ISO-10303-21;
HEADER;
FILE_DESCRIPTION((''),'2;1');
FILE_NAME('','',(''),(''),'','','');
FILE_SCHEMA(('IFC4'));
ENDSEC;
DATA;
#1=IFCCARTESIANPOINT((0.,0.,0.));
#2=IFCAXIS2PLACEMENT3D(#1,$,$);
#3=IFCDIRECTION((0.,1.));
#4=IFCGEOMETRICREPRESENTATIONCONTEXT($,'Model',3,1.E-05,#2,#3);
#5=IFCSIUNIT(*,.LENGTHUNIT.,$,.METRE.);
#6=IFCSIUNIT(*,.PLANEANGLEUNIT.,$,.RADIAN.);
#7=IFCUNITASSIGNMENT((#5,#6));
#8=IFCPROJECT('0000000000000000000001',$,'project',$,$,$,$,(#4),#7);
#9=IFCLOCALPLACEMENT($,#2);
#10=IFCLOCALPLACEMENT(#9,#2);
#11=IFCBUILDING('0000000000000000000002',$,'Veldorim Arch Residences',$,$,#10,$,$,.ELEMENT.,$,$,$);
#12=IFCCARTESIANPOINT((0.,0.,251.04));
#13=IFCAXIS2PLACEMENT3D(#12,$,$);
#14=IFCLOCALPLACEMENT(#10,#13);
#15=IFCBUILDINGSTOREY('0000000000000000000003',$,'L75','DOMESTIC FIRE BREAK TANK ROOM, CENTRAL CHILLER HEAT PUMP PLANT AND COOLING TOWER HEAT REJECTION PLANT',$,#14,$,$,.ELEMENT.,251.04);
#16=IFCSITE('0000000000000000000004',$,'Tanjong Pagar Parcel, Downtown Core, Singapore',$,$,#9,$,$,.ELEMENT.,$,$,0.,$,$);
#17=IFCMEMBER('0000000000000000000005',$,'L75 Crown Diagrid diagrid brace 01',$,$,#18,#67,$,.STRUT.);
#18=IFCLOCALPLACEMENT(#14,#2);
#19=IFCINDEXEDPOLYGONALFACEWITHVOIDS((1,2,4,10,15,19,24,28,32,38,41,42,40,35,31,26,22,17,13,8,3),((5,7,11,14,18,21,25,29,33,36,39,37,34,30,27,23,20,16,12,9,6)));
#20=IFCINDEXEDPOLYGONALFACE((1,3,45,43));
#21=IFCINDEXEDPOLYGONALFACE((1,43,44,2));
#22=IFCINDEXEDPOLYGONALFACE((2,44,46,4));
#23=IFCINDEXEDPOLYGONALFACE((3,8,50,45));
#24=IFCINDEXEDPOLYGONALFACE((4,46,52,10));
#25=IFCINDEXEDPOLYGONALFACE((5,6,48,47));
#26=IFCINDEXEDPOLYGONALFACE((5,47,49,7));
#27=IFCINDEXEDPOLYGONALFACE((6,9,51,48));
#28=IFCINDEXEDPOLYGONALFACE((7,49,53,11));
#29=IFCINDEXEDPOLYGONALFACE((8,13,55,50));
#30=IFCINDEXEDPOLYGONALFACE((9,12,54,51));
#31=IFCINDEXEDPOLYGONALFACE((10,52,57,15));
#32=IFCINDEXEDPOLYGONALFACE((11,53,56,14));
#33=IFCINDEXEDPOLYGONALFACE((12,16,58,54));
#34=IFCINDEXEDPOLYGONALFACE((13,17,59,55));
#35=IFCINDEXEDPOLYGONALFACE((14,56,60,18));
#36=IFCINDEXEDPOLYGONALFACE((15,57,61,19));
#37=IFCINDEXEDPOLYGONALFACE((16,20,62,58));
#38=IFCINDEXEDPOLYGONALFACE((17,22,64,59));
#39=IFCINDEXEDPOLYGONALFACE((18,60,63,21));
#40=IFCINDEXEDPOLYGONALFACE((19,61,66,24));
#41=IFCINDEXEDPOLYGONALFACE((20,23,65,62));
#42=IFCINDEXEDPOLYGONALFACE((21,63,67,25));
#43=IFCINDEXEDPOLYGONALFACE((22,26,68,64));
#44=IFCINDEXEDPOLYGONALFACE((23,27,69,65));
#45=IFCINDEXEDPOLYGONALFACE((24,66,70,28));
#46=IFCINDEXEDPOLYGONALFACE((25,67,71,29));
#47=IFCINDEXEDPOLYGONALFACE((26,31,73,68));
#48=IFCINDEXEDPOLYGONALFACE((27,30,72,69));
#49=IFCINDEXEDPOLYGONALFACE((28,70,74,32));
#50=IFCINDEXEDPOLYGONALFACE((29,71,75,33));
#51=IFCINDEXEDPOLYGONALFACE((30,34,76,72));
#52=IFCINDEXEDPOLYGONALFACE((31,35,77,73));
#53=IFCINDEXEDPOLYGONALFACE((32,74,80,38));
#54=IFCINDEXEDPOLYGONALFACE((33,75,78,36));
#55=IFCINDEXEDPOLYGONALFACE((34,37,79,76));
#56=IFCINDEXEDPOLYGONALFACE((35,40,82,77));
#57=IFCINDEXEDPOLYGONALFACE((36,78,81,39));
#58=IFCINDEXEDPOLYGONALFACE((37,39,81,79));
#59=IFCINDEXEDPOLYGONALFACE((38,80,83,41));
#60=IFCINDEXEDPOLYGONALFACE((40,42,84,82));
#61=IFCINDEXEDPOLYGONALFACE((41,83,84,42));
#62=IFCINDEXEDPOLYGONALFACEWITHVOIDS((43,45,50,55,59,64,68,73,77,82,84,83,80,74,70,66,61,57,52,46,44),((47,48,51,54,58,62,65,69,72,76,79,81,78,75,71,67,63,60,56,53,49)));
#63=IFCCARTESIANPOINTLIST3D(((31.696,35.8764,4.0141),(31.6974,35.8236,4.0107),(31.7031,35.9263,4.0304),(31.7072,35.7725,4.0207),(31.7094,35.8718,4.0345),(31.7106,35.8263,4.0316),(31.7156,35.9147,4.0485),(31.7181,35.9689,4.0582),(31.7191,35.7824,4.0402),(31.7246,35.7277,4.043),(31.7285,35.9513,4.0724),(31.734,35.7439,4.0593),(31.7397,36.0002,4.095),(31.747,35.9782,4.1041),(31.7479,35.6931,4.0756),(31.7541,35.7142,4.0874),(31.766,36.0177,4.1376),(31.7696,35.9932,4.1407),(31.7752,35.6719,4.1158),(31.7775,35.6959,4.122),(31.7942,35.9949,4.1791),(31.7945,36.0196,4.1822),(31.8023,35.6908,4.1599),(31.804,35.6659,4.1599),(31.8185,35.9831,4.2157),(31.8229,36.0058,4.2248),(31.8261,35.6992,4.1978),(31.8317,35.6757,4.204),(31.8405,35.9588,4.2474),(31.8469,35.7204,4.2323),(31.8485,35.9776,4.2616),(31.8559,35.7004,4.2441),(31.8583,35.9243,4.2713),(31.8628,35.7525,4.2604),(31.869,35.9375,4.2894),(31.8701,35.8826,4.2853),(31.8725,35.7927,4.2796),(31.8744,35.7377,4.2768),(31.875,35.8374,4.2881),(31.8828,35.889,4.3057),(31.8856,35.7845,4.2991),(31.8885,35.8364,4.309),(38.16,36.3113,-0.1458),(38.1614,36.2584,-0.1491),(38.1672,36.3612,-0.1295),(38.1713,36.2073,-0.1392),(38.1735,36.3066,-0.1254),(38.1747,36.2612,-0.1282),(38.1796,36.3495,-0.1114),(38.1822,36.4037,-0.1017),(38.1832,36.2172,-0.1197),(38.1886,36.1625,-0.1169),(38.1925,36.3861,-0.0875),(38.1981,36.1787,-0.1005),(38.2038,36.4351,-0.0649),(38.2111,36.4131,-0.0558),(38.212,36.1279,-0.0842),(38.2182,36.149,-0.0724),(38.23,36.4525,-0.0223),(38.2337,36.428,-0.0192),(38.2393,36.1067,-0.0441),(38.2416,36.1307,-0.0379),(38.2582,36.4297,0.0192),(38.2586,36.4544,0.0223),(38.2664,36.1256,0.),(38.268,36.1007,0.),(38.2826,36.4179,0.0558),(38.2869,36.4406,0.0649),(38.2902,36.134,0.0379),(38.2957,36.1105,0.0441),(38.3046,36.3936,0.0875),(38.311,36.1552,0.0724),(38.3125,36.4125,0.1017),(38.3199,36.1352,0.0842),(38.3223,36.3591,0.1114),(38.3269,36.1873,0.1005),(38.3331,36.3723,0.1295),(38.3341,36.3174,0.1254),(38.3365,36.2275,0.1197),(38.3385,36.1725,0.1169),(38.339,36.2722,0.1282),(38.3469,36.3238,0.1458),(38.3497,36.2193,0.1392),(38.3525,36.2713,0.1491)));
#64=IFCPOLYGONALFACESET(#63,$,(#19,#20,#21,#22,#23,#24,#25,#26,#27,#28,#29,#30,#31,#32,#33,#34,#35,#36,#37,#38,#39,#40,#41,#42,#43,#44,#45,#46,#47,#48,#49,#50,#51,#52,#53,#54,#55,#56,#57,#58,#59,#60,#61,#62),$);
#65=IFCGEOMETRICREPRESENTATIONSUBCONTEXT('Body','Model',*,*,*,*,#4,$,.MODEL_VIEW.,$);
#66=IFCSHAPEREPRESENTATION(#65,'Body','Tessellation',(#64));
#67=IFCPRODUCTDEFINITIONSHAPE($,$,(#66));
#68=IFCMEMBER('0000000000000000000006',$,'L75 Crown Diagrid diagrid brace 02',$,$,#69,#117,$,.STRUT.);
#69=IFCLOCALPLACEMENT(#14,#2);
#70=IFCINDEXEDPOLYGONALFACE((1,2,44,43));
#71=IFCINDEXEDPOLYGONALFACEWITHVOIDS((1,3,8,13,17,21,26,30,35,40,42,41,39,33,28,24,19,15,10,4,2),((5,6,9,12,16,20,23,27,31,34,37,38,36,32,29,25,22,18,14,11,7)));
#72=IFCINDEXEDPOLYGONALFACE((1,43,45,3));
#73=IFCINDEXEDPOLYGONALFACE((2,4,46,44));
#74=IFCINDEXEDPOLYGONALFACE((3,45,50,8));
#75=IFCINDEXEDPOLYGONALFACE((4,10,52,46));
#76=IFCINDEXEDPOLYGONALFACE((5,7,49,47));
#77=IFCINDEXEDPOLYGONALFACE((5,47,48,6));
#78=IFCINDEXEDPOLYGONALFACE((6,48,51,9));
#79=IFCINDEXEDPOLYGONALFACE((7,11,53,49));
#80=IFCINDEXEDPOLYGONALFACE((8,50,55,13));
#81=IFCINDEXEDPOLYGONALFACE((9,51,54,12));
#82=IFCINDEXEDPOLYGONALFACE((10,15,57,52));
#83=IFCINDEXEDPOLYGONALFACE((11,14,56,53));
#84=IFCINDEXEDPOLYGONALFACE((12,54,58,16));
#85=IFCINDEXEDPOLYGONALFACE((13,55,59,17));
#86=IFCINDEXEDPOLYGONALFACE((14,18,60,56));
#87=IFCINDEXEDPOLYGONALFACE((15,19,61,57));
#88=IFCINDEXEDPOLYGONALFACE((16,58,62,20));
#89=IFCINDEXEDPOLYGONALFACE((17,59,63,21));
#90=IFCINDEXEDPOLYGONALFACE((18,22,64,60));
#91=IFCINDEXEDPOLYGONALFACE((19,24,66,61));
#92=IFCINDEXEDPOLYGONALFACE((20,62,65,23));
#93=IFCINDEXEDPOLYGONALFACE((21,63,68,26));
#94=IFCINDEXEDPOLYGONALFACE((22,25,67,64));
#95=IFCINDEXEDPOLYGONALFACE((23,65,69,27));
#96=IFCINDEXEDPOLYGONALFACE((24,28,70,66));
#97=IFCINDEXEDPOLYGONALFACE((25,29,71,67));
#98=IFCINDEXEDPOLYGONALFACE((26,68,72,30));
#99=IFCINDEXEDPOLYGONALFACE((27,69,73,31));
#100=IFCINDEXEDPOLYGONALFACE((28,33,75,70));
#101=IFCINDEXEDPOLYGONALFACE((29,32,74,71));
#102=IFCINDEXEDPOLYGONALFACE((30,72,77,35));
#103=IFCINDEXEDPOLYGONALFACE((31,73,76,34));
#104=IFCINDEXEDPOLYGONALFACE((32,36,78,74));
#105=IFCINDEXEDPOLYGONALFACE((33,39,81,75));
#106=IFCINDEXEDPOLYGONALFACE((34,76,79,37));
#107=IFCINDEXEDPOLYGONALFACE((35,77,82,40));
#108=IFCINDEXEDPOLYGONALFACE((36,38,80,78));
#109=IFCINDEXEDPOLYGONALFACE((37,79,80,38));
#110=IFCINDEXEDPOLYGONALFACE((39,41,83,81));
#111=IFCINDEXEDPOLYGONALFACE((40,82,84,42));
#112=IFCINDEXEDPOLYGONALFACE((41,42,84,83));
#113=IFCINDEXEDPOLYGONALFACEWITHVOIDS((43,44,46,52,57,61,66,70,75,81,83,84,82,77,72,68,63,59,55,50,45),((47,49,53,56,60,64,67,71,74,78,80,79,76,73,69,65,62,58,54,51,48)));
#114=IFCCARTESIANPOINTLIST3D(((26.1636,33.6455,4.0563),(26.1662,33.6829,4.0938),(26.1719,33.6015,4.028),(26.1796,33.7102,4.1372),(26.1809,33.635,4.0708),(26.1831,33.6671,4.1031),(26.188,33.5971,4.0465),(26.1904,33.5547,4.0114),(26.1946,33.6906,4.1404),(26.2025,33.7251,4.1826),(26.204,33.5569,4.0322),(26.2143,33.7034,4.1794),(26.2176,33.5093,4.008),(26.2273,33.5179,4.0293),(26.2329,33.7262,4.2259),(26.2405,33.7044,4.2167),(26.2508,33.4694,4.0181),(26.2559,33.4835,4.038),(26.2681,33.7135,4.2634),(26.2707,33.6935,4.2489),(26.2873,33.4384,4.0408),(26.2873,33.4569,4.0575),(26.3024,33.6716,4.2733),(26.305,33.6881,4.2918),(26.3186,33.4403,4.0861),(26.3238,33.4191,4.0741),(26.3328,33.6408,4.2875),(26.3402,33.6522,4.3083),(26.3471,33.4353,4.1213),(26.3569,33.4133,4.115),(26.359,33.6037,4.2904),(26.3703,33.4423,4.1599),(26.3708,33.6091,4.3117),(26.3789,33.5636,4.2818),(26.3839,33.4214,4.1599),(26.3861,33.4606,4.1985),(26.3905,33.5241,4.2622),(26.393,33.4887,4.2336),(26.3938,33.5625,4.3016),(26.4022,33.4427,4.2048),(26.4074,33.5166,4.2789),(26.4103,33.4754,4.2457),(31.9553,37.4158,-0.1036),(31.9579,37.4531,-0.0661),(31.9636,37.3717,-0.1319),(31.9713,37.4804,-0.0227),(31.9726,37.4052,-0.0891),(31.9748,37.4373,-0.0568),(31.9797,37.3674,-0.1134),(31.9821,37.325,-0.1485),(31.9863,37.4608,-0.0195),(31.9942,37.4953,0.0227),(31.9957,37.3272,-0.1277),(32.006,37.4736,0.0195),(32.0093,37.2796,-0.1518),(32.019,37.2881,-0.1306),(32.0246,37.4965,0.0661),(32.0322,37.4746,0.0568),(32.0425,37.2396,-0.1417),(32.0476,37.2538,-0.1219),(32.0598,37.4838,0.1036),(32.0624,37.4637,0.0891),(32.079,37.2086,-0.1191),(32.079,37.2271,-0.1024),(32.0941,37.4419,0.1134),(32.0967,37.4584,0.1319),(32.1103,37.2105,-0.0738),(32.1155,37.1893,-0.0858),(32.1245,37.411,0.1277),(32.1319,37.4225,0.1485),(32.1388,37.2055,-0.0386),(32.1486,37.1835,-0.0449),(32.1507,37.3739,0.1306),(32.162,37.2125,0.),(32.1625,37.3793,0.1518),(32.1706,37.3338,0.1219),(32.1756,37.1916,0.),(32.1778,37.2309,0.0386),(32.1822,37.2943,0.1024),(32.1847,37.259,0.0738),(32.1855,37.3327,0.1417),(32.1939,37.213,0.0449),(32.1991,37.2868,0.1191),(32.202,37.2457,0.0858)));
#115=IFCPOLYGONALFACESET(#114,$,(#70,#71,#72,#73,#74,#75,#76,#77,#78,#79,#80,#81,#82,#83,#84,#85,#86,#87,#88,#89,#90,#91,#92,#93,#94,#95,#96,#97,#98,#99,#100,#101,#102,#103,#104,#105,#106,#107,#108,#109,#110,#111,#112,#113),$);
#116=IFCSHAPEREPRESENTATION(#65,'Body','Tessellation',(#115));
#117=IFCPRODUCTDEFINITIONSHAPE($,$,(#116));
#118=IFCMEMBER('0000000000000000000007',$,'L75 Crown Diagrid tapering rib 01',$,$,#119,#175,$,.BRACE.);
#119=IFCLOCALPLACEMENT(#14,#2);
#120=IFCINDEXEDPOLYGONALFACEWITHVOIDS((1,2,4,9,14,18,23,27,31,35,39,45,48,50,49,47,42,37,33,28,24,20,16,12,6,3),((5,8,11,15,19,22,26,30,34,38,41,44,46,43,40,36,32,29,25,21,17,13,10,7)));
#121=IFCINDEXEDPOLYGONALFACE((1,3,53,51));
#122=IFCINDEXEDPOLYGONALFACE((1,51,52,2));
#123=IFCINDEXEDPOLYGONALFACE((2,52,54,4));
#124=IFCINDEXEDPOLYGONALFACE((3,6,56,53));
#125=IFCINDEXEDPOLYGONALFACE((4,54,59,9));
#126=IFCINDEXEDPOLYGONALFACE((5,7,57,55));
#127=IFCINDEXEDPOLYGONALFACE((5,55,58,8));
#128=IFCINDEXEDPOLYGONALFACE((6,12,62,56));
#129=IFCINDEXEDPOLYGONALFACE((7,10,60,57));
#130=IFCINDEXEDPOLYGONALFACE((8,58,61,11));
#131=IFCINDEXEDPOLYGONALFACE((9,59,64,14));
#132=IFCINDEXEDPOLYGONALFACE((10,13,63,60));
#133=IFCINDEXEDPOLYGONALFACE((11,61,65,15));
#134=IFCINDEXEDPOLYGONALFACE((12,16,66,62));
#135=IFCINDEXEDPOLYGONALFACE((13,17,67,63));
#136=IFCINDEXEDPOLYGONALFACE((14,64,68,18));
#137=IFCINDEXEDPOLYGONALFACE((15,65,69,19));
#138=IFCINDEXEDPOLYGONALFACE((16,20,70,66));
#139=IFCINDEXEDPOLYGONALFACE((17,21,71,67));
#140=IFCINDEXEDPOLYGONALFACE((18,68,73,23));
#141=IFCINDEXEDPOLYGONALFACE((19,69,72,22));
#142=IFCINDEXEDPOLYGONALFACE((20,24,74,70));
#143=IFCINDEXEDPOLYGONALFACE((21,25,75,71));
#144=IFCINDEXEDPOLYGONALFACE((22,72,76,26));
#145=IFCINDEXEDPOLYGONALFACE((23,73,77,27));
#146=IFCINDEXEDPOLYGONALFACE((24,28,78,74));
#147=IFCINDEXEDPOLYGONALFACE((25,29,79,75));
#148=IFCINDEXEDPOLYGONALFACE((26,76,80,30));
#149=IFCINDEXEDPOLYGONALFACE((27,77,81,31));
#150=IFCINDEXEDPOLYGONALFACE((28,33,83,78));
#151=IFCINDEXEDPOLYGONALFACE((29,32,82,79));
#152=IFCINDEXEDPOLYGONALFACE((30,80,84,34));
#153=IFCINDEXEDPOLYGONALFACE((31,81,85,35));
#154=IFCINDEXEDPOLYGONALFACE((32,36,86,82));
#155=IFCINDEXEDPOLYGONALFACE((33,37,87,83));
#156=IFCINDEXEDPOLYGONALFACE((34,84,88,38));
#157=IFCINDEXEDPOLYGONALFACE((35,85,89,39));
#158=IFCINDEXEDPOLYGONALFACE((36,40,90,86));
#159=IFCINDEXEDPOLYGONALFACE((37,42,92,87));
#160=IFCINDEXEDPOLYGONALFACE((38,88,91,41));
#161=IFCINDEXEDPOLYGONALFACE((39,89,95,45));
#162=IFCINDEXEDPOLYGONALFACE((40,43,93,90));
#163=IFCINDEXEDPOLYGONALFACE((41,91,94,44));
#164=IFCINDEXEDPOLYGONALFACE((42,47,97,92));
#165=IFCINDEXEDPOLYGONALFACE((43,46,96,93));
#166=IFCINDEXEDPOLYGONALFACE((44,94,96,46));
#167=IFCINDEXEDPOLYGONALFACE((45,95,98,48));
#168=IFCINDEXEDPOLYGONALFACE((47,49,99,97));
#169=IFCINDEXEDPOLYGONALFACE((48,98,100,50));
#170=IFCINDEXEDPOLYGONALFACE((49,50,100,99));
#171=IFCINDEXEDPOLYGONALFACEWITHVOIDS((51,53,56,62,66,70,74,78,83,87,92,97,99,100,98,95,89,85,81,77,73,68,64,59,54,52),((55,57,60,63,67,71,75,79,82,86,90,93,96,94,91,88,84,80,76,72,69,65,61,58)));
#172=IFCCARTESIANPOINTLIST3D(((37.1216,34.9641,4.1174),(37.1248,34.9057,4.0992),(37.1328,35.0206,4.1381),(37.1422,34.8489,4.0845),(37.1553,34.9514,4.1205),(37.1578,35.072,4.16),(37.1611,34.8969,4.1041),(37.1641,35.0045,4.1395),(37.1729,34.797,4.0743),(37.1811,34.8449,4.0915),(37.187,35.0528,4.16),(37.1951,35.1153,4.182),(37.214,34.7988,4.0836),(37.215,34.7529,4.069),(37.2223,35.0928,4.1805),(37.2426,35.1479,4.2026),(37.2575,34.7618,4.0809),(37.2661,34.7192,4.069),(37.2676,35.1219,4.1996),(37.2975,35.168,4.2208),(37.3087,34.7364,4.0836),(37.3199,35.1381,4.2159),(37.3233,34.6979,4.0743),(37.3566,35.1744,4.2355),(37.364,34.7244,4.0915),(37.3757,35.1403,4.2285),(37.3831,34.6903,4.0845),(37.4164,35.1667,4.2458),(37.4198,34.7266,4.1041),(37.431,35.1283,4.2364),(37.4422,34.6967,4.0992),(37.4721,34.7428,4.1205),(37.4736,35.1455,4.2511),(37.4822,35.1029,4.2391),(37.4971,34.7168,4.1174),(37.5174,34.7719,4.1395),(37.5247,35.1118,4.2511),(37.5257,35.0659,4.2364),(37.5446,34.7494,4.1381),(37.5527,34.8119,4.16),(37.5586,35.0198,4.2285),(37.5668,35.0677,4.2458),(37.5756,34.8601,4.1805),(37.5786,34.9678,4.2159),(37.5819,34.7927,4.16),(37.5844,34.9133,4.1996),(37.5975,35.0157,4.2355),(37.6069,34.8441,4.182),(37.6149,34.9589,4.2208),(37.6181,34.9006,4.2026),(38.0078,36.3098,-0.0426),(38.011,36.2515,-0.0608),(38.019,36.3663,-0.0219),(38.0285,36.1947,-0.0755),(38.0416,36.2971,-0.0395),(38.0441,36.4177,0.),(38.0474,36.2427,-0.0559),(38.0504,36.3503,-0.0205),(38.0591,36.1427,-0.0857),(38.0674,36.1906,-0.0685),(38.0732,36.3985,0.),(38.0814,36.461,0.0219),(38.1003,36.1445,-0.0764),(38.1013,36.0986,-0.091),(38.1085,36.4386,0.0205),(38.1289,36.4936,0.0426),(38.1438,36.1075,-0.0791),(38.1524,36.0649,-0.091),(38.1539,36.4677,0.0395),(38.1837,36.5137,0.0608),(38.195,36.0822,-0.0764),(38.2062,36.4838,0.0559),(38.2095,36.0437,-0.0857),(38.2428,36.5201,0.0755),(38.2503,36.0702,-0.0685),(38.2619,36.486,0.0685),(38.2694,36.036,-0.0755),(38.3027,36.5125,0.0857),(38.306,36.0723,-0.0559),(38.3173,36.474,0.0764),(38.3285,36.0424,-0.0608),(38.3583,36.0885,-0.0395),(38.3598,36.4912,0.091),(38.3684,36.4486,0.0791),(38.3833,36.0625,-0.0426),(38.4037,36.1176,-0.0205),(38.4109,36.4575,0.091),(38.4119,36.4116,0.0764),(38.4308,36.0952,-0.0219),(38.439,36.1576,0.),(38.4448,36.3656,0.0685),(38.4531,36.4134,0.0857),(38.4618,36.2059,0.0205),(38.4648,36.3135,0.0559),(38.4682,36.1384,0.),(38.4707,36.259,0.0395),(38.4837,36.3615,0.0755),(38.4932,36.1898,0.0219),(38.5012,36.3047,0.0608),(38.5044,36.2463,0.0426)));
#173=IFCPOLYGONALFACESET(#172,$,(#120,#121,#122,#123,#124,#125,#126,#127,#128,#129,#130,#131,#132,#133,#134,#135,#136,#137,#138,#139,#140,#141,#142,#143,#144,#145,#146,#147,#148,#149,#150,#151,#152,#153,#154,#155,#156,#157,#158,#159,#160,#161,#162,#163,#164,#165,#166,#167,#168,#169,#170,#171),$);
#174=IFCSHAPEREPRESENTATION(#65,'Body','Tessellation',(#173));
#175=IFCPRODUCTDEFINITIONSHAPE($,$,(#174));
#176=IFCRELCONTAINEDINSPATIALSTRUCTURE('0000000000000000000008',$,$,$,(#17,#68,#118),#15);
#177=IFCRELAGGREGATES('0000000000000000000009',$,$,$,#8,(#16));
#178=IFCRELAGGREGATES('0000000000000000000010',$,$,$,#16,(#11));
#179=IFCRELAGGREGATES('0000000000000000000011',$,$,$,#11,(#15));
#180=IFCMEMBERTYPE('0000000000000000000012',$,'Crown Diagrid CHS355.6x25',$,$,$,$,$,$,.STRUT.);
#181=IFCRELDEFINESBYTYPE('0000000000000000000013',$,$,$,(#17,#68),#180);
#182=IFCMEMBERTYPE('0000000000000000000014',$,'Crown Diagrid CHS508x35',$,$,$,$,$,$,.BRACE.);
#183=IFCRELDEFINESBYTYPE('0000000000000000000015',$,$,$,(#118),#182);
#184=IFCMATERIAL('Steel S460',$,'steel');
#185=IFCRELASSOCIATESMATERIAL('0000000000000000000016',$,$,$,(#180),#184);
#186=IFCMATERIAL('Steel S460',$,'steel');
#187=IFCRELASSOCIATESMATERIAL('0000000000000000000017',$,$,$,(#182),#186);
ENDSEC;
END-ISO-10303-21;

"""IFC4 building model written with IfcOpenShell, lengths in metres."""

from ifc_helpers import new_model, si_unit, direction, frame, origin, origin_2d, place, context, subcontext, project, spatial, hollow_circle, extrude, material, material_profile, profile_set, type_object, element, save


model = new_model("IFC4")

# Units and contexts
model_context = context("Model", 3, precision=1e-05, world=origin(), true_north=direction((0.0, 1.0)))
body_context = subcontext(model_context, "Body", "Model", "MODEL_VIEW")
ifc_project = project(units=[si_unit("LENGTHUNIT", "METRE"), si_unit("PLANEANGLEUNIT", "RADIAN")], contexts=[model_context])

# Site, building, storey
site_placement = place(None, origin())
site = spatial("IfcSite", under=ifc_project, at=site_placement, Name="Tanjong Pagar Parcel, Downtown Core, Singapore", CompositionType="ELEMENT", RefElevation=0.0)
building_placement = place(site_placement, origin())
building = spatial("IfcBuilding", under=site, at=building_placement, Name="Veldorim Arch Residences", CompositionType="ELEMENT")
storey_placement = place(building_placement, frame((0.0, 0.0, 251.04)))
storey = spatial("IfcBuildingStorey", under=building, at=storey_placement, Name="L75", Description="DOMESTIC FIRE BREAK TANK ROOM, CENTRAL CHILLER HEAT PUMP PLANT AND COOLING TOWER HEAT REJECTION PLANT", CompositionType="ELEMENT", Elevation=251.04)

# Members
ifc_material_1 = material(Name="Steel S460", Category="steel")
ifc_material_profile_1 = material_profile(ifc_material_1, hollow_circle(Radius=0.1777, WallThickness=0.0249, at=origin_2d()), Name="CHS355.6x25")
ifc_profile_set_1 = profile_set([ifc_material_profile_1], Name="Steel S460")
member_type_1 = type_object("IfcMemberType", Name="Crown Diagrid CHS355.6x25", PredefinedType="STRUT", material=ifc_profile_set_1)
member_1_placement = place(storey_placement, frame((38.2561, 36.2781, 0.0), z_axis=(-0.839575, -0.056475, 0.5403), x_axis=(0.067114, -0.997745, 0.0)))
element("IfcMember", 1, at=member_1_placement, inside=storey, type_object=member_type_1, Name="L75 Crown Diagrid diagrid brace 01", PredefinedType="STRUT", context=body_context, shape_type="SweptSolid", body=[
    extrude(hollow_circle(Radius=0.1777, WallThickness=0.0249, at=origin_2d()), origin(), (0.0, 0.0, 1.0), 7.6992),
])
member_2_placement = place(storey_placement, frame((32.0786, 37.3406, 0.0), z_axis=(-0.718024, -0.467413, 0.515719), x_axis=(0.545561, -0.838071, 0.0)))
element("IfcMember", 2, at=member_2_placement, inside=storey, type_object=member_type_1, Name="L75 Crown Diagrid diagrid brace 02", PredefinedType="STRUT", context=body_context, shape_type="SweptSolid", body=[
    extrude(hollow_circle(Radius=0.1777, WallThickness=0.0249, at=origin_2d()), origin(), (0.0, 0.0, 1.0), 8.0662),
])
ifc_material_2 = material(Name="Steel S460", Category="steel")
ifc_material_profile_2 = material_profile(ifc_material_2, hollow_circle(Radius=0.2539, WallThickness=0.0349, at=origin_2d()), Name="CHS508x35")
ifc_profile_set_2 = profile_set([ifc_material_profile_2], Name="Steel S460")
member_type_2 = type_object("IfcMemberType", Name="Crown Diagrid CHS508x35", PredefinedType="BRACE", material=ifc_profile_set_2)
member_3_placement = place(storey_placement, frame((38.2561, 36.2781, 0.0), z_axis=(-0.198659, -0.301654, 0.932491), x_axis=(0.835161, -0.550006, 0.0)))
element("IfcMember", 3, at=member_3_placement, inside=storey, type_object=member_type_2, Name="L75 Crown Diagrid tapering rib 01", PredefinedType="BRACE", context=body_context, shape_type="SweptSolid", body=[
    extrude(hollow_circle(Radius=0.2539, WallThickness=0.0349, at=origin_2d()), origin(), (0.0, 0.0, 1.0), 4.4612),
])

save(model, "model.ifc")
